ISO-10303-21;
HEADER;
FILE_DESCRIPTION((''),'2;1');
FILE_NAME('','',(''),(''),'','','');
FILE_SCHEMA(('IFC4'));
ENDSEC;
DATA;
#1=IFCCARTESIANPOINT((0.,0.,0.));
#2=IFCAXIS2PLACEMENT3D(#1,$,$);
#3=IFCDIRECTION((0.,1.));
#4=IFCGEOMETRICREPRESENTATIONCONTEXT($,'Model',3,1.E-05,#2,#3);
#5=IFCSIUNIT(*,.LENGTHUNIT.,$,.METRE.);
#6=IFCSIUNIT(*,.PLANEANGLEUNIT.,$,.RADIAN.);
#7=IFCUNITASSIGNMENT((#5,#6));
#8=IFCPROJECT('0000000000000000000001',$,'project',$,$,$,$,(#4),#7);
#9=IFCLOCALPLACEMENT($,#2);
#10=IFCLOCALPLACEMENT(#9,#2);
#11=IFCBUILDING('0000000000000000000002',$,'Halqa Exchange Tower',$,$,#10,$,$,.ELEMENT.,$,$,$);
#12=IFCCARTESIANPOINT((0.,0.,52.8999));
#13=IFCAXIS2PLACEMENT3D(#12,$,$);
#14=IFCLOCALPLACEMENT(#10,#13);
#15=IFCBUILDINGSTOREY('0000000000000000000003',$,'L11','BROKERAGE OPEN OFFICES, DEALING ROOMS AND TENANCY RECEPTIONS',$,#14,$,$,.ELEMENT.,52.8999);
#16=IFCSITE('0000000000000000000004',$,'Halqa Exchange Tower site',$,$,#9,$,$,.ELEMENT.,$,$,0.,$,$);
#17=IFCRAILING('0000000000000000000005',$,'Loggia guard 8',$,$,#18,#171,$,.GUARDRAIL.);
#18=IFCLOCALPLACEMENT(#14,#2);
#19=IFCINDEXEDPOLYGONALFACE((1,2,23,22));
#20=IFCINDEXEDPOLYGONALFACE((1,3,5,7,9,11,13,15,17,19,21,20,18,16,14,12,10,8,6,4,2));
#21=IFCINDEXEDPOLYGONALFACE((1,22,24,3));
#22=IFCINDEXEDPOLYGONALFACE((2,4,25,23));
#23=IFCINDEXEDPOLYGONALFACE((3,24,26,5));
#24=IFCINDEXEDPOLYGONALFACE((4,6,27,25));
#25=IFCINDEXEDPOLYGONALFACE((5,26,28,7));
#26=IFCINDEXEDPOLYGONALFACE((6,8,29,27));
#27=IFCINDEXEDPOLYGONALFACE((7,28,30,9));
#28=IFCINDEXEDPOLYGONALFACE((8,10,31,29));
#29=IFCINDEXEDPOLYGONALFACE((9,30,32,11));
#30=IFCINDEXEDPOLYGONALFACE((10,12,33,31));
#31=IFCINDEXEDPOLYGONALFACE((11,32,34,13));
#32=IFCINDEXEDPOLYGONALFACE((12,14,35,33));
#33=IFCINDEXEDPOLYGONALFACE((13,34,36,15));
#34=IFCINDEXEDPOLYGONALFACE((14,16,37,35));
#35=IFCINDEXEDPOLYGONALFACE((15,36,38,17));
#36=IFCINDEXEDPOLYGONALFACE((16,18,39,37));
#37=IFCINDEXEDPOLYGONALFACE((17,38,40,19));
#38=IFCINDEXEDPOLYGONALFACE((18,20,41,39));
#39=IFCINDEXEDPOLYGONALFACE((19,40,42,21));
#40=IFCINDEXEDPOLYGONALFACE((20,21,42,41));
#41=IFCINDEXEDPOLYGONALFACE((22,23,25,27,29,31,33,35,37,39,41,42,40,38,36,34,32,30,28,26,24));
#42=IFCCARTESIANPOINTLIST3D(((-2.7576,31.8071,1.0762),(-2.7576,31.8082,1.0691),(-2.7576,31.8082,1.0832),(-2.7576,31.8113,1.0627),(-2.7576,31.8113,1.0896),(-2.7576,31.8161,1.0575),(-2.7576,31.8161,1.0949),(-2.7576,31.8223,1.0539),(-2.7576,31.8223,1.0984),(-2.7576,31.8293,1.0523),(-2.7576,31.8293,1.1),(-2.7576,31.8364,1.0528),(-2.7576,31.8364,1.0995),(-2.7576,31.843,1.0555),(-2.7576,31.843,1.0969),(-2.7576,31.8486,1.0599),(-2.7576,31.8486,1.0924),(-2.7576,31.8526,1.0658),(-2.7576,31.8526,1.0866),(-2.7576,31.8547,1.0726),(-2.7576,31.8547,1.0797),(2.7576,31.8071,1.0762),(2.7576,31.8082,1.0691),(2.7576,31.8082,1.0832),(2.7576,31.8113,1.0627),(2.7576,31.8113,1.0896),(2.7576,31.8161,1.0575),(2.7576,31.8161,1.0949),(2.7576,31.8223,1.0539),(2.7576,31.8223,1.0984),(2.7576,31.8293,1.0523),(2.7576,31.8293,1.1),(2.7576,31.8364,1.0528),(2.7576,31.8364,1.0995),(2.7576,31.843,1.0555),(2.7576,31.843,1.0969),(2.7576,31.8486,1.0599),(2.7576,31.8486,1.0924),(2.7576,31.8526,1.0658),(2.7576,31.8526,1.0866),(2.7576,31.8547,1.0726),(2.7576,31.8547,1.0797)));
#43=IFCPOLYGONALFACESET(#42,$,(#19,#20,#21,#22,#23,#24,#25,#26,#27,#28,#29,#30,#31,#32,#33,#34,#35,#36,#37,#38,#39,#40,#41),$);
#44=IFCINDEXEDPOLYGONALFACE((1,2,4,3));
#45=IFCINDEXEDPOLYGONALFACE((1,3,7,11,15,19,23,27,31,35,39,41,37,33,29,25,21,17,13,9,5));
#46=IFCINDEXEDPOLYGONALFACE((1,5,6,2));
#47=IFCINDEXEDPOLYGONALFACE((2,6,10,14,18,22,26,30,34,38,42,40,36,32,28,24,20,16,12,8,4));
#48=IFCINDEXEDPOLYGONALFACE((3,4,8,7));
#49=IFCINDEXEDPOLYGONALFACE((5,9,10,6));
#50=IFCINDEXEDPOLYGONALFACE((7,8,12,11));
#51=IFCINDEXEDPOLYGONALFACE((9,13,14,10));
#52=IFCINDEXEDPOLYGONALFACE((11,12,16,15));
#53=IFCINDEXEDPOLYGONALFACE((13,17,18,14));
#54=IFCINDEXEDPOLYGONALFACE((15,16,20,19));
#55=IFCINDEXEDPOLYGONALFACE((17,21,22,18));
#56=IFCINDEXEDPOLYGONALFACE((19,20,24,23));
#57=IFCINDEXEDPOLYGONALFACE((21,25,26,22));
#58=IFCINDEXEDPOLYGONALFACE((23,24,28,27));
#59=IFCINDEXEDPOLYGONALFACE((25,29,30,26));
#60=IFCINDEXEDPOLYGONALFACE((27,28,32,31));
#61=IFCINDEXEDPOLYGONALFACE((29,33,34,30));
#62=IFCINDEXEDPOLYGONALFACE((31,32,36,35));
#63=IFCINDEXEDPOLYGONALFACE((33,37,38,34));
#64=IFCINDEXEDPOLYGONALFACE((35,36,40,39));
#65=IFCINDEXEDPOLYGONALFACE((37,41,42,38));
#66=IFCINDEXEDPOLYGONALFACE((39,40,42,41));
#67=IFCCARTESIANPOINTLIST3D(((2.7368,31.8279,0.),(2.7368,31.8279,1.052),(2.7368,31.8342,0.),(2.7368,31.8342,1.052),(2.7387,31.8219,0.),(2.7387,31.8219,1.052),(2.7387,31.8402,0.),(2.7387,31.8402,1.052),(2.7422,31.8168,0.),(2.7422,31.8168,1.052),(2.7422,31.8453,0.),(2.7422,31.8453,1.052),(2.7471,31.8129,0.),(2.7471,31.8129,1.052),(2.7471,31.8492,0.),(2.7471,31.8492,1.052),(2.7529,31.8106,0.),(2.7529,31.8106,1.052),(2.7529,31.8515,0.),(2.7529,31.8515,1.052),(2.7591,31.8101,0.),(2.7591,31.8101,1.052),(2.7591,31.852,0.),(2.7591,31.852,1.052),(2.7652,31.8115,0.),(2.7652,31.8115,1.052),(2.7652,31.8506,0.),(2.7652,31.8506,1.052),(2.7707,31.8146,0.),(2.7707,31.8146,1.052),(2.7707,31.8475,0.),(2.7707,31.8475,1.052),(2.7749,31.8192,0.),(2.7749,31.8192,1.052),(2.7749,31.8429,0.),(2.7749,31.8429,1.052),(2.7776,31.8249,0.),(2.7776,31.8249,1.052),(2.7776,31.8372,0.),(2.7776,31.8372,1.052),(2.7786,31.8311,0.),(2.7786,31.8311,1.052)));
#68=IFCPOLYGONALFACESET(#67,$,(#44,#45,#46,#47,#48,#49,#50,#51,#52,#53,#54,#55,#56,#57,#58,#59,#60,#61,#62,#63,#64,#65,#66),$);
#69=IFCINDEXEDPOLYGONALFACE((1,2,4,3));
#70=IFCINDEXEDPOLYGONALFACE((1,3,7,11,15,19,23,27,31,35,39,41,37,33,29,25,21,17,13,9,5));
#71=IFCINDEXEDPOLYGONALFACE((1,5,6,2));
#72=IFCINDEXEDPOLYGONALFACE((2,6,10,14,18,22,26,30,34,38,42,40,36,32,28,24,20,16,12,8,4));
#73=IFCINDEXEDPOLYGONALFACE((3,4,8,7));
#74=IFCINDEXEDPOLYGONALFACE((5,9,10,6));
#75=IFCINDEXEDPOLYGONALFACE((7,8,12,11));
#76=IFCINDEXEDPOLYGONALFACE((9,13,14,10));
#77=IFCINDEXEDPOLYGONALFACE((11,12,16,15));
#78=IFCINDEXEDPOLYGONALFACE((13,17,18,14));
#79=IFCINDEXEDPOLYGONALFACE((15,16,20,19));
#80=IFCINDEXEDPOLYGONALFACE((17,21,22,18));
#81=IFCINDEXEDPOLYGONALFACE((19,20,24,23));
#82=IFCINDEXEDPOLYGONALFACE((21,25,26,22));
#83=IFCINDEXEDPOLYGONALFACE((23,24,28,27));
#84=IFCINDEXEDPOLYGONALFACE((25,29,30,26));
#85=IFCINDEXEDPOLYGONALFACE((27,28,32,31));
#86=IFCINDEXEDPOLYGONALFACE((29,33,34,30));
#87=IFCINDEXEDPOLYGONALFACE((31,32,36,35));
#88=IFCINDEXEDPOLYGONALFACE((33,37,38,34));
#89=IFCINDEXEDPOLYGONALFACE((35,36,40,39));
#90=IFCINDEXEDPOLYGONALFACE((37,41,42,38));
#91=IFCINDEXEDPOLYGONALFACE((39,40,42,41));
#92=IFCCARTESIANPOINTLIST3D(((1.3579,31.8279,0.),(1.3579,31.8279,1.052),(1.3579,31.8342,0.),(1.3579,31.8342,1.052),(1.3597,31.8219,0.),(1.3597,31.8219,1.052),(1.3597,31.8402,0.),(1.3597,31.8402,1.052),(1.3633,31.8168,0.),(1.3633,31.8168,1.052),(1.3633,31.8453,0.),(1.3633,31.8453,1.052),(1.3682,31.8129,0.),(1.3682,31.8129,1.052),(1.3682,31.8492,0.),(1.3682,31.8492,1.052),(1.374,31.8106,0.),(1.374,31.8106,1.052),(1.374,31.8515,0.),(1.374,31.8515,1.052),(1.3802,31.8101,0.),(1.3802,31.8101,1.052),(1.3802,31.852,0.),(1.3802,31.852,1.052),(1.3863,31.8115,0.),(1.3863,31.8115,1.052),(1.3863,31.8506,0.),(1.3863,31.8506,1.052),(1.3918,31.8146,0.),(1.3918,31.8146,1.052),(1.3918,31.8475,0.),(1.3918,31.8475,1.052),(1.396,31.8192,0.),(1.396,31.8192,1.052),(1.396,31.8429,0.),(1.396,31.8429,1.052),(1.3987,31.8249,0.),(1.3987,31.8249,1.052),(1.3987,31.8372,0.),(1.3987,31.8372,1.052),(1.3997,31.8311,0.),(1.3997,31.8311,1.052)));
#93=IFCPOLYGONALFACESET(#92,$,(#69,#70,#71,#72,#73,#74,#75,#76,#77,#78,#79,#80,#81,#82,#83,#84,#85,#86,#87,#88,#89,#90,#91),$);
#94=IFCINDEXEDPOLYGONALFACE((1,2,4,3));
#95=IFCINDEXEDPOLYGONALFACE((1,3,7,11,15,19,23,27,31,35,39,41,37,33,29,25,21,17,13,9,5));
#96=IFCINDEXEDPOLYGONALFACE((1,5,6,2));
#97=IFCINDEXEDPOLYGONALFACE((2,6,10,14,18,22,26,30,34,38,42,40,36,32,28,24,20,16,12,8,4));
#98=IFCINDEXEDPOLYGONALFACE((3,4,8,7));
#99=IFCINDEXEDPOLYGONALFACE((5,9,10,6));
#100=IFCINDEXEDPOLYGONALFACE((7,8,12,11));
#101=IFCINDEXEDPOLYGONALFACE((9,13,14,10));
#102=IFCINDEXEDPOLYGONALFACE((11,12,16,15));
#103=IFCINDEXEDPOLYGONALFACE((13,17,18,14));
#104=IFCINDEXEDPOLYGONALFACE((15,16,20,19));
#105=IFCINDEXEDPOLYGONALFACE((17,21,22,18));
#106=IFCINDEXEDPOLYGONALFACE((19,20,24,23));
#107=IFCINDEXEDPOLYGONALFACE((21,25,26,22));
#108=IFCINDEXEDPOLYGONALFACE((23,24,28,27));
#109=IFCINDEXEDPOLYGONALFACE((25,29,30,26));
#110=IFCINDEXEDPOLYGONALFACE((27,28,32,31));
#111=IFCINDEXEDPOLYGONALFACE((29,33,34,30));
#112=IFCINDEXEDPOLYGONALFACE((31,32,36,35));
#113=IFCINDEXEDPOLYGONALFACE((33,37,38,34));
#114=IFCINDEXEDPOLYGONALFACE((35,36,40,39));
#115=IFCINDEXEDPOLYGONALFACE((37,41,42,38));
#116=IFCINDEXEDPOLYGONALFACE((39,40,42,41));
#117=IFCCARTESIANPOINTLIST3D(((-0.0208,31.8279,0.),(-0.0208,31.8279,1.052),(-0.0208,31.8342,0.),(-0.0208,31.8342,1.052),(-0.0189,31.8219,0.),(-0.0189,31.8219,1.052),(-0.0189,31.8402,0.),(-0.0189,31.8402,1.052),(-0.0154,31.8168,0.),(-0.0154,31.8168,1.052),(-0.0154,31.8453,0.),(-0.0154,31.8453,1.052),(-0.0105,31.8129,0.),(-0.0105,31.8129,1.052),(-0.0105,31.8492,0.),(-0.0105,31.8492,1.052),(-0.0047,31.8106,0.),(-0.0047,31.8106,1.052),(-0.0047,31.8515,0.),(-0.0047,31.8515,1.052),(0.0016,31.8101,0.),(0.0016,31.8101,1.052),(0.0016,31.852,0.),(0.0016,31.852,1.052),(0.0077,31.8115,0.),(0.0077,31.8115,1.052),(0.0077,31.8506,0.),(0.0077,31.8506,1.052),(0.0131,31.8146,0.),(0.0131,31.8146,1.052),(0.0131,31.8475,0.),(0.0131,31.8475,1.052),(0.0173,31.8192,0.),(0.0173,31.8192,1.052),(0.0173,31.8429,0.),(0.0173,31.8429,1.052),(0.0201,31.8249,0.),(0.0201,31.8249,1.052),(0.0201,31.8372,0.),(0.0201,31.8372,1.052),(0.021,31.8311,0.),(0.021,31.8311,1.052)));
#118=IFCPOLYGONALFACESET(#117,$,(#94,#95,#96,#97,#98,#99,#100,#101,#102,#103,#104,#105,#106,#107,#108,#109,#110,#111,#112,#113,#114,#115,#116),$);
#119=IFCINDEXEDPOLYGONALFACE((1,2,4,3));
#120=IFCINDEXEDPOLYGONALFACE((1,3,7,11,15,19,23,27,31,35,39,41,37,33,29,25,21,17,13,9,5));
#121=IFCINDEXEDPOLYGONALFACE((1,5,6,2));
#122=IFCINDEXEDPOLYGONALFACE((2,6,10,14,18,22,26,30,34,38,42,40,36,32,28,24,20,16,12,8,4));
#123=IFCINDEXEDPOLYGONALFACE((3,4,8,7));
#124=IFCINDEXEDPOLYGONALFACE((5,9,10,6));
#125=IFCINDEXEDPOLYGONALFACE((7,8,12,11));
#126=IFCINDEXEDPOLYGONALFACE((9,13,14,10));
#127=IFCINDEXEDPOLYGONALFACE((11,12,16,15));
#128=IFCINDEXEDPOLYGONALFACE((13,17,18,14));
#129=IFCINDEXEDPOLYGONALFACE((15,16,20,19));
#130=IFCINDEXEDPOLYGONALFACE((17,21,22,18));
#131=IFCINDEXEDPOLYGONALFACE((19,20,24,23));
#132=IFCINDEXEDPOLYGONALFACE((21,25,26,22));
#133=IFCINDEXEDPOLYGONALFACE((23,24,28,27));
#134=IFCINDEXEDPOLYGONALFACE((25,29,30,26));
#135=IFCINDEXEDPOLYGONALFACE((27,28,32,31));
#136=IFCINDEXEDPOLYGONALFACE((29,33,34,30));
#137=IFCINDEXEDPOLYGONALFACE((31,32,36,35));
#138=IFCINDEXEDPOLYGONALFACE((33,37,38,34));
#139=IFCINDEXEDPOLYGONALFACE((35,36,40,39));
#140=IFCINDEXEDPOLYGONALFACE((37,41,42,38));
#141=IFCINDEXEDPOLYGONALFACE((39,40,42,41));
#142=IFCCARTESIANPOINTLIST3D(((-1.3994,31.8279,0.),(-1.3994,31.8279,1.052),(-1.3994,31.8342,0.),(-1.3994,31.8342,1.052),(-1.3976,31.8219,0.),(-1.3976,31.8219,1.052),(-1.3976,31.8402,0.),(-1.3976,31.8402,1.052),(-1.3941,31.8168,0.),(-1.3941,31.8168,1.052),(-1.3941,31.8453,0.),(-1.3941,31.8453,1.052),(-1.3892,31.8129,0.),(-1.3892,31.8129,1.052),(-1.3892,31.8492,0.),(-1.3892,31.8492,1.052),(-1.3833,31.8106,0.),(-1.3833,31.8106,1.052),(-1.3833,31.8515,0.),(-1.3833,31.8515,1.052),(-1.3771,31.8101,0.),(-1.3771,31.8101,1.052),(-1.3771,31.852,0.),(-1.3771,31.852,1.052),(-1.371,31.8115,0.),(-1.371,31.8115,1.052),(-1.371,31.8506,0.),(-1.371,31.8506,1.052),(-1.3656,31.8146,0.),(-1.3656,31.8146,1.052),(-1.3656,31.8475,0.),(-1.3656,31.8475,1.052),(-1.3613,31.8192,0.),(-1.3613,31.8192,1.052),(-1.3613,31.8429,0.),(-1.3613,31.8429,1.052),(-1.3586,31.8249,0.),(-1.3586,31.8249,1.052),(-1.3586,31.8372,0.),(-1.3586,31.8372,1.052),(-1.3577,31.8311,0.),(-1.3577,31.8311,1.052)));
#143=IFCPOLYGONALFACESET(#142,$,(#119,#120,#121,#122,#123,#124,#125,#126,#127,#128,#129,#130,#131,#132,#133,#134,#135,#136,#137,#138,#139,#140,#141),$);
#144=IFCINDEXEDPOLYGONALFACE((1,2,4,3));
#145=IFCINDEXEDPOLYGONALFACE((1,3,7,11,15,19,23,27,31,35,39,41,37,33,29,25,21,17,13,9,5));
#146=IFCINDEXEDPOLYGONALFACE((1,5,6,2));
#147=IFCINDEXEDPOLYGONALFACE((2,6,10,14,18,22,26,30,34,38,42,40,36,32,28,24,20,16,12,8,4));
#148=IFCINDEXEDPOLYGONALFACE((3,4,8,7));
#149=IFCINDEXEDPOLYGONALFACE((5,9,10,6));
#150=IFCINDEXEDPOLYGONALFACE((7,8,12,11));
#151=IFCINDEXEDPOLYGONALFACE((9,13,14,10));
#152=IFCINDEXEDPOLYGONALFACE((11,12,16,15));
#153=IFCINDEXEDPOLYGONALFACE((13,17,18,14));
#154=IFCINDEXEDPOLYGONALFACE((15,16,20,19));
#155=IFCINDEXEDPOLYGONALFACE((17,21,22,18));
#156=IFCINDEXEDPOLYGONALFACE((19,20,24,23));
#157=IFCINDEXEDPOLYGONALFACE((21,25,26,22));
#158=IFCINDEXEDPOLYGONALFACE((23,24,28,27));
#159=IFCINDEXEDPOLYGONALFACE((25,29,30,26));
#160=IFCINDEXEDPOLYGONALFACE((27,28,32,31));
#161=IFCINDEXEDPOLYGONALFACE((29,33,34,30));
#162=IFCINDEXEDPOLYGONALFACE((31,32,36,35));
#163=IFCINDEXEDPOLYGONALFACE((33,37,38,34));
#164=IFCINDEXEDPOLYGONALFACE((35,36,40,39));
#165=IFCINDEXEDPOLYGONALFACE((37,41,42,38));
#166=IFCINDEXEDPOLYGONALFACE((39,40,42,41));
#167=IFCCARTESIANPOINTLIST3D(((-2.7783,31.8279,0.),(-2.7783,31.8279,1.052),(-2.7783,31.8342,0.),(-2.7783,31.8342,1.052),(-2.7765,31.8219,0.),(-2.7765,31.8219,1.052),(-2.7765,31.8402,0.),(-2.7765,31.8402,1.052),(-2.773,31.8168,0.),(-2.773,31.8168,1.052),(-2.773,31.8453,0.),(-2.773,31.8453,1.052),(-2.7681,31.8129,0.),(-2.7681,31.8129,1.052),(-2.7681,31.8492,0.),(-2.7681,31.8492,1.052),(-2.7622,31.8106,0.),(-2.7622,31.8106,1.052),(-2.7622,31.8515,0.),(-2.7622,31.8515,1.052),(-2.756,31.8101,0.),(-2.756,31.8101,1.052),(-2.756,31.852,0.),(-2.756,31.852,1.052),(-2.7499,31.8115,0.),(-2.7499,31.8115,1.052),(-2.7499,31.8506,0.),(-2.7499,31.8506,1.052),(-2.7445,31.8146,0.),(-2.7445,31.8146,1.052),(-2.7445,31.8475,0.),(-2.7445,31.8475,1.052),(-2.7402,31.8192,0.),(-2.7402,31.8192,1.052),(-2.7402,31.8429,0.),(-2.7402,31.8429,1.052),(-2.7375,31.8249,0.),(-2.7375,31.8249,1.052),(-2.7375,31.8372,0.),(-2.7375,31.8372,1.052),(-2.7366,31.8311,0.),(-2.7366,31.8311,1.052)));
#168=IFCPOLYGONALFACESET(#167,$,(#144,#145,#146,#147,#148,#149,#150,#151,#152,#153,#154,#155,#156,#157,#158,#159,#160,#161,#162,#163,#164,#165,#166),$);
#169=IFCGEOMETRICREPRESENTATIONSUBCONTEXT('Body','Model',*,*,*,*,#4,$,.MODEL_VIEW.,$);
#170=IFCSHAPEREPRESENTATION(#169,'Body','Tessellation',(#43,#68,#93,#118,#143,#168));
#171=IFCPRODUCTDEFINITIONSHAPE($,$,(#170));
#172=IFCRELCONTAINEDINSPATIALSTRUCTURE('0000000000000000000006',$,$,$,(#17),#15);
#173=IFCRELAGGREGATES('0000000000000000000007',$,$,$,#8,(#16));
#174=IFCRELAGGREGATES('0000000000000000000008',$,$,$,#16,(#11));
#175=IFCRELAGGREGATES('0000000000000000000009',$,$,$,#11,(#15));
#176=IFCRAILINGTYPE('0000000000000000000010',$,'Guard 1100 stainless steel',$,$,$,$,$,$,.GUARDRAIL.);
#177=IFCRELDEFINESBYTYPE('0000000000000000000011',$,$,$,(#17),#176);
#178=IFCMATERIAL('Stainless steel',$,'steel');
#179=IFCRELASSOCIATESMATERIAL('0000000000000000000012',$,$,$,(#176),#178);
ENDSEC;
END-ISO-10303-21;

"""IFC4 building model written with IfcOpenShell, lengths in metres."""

from ifc_helpers import new_model, si_unit, direction, frame, origin, origin_2d, place, context, subcontext, project, spatial, circle, extrude, material, type_object, element, save


model = new_model("IFC4")

# Units and contexts
model_context = context("Model", 3, precision=1e-05, world=origin(), true_north=direction((0.0, 1.0)))
body_context = subcontext(model_context, "Body", "Model", "MODEL_VIEW")
ifc_project = project(units=[si_unit("LENGTHUNIT", "METRE"), si_unit("PLANEANGLEUNIT", "RADIAN")], contexts=[model_context])

# Site, building, storey
site_placement = place(None, origin())
site = spatial("IfcSite", under=ifc_project, at=site_placement, Name="Halqa Exchange Tower site", CompositionType="ELEMENT", RefElevation=0.0)
building_placement = place(site_placement, origin())
building = spatial("IfcBuilding", under=site, at=building_placement, Name="Halqa Exchange Tower", CompositionType="ELEMENT")
storey_placement = place(building_placement, frame((0.0, 0.0, 52.8999)))
storey = spatial("IfcBuildingStorey", under=building, at=storey_placement, Name="L11", Description="BROKERAGE OPEN OFFICES, DEALING ROOMS AND TENANCY RECEPTIONS", CompositionType="ELEMENT", Elevation=52.8999)

# Railing
ifc_material_1 = material(Name="Stainless steel", Category="steel")
railing_type_1 = type_object("IfcRailingType", Name="Guard 1100 stainless steel", PredefinedType="GUARDRAIL", material=ifc_material_1)
railing_1_placement = place(storey_placement, frame((2.7576, 31.8311, 0.0)))
element("IfcRailing", 1, at=railing_1_placement, inside=storey, type_object=railing_type_1, Name="Loggia guard 8", PredefinedType="GUARDRAIL", context=body_context, shape_type="SweptSolid", body=[
    extrude(circle(Radius=0.0239, at=origin_2d()), frame((0.0, 0.0, 1.0762), z_axis=(-1.0, 0.0, 0.0), x_axis=(0.0, -1.0, 0.0)), (0.0, 0.0, 1.0), 5.5151),
    extrude(circle(Radius=0.021, at=origin_2d()), origin(), (0.0, 0.0, 1.0), 1.052),
    extrude(circle(Radius=0.021, at=origin_2d()), frame((-1.3789, 0.0, 0.0)), (0.0, 0.0, 1.0), 1.052),
    extrude(circle(Radius=0.021, at=origin_2d()), frame((-2.7576, 0.0, 0.0)), (0.0, 0.0, 1.0), 1.052),
    extrude(circle(Radius=0.021, at=origin_2d()), frame((-4.1362, 0.0, 0.0)), (0.0, 0.0, 1.0), 1.052),
    extrude(circle(Radius=0.021, at=origin_2d()), frame((-5.5151, 0.0, 0.0)), (0.0, 0.0, 1.0), 1.052),
])

save(model, "model.ifc")
